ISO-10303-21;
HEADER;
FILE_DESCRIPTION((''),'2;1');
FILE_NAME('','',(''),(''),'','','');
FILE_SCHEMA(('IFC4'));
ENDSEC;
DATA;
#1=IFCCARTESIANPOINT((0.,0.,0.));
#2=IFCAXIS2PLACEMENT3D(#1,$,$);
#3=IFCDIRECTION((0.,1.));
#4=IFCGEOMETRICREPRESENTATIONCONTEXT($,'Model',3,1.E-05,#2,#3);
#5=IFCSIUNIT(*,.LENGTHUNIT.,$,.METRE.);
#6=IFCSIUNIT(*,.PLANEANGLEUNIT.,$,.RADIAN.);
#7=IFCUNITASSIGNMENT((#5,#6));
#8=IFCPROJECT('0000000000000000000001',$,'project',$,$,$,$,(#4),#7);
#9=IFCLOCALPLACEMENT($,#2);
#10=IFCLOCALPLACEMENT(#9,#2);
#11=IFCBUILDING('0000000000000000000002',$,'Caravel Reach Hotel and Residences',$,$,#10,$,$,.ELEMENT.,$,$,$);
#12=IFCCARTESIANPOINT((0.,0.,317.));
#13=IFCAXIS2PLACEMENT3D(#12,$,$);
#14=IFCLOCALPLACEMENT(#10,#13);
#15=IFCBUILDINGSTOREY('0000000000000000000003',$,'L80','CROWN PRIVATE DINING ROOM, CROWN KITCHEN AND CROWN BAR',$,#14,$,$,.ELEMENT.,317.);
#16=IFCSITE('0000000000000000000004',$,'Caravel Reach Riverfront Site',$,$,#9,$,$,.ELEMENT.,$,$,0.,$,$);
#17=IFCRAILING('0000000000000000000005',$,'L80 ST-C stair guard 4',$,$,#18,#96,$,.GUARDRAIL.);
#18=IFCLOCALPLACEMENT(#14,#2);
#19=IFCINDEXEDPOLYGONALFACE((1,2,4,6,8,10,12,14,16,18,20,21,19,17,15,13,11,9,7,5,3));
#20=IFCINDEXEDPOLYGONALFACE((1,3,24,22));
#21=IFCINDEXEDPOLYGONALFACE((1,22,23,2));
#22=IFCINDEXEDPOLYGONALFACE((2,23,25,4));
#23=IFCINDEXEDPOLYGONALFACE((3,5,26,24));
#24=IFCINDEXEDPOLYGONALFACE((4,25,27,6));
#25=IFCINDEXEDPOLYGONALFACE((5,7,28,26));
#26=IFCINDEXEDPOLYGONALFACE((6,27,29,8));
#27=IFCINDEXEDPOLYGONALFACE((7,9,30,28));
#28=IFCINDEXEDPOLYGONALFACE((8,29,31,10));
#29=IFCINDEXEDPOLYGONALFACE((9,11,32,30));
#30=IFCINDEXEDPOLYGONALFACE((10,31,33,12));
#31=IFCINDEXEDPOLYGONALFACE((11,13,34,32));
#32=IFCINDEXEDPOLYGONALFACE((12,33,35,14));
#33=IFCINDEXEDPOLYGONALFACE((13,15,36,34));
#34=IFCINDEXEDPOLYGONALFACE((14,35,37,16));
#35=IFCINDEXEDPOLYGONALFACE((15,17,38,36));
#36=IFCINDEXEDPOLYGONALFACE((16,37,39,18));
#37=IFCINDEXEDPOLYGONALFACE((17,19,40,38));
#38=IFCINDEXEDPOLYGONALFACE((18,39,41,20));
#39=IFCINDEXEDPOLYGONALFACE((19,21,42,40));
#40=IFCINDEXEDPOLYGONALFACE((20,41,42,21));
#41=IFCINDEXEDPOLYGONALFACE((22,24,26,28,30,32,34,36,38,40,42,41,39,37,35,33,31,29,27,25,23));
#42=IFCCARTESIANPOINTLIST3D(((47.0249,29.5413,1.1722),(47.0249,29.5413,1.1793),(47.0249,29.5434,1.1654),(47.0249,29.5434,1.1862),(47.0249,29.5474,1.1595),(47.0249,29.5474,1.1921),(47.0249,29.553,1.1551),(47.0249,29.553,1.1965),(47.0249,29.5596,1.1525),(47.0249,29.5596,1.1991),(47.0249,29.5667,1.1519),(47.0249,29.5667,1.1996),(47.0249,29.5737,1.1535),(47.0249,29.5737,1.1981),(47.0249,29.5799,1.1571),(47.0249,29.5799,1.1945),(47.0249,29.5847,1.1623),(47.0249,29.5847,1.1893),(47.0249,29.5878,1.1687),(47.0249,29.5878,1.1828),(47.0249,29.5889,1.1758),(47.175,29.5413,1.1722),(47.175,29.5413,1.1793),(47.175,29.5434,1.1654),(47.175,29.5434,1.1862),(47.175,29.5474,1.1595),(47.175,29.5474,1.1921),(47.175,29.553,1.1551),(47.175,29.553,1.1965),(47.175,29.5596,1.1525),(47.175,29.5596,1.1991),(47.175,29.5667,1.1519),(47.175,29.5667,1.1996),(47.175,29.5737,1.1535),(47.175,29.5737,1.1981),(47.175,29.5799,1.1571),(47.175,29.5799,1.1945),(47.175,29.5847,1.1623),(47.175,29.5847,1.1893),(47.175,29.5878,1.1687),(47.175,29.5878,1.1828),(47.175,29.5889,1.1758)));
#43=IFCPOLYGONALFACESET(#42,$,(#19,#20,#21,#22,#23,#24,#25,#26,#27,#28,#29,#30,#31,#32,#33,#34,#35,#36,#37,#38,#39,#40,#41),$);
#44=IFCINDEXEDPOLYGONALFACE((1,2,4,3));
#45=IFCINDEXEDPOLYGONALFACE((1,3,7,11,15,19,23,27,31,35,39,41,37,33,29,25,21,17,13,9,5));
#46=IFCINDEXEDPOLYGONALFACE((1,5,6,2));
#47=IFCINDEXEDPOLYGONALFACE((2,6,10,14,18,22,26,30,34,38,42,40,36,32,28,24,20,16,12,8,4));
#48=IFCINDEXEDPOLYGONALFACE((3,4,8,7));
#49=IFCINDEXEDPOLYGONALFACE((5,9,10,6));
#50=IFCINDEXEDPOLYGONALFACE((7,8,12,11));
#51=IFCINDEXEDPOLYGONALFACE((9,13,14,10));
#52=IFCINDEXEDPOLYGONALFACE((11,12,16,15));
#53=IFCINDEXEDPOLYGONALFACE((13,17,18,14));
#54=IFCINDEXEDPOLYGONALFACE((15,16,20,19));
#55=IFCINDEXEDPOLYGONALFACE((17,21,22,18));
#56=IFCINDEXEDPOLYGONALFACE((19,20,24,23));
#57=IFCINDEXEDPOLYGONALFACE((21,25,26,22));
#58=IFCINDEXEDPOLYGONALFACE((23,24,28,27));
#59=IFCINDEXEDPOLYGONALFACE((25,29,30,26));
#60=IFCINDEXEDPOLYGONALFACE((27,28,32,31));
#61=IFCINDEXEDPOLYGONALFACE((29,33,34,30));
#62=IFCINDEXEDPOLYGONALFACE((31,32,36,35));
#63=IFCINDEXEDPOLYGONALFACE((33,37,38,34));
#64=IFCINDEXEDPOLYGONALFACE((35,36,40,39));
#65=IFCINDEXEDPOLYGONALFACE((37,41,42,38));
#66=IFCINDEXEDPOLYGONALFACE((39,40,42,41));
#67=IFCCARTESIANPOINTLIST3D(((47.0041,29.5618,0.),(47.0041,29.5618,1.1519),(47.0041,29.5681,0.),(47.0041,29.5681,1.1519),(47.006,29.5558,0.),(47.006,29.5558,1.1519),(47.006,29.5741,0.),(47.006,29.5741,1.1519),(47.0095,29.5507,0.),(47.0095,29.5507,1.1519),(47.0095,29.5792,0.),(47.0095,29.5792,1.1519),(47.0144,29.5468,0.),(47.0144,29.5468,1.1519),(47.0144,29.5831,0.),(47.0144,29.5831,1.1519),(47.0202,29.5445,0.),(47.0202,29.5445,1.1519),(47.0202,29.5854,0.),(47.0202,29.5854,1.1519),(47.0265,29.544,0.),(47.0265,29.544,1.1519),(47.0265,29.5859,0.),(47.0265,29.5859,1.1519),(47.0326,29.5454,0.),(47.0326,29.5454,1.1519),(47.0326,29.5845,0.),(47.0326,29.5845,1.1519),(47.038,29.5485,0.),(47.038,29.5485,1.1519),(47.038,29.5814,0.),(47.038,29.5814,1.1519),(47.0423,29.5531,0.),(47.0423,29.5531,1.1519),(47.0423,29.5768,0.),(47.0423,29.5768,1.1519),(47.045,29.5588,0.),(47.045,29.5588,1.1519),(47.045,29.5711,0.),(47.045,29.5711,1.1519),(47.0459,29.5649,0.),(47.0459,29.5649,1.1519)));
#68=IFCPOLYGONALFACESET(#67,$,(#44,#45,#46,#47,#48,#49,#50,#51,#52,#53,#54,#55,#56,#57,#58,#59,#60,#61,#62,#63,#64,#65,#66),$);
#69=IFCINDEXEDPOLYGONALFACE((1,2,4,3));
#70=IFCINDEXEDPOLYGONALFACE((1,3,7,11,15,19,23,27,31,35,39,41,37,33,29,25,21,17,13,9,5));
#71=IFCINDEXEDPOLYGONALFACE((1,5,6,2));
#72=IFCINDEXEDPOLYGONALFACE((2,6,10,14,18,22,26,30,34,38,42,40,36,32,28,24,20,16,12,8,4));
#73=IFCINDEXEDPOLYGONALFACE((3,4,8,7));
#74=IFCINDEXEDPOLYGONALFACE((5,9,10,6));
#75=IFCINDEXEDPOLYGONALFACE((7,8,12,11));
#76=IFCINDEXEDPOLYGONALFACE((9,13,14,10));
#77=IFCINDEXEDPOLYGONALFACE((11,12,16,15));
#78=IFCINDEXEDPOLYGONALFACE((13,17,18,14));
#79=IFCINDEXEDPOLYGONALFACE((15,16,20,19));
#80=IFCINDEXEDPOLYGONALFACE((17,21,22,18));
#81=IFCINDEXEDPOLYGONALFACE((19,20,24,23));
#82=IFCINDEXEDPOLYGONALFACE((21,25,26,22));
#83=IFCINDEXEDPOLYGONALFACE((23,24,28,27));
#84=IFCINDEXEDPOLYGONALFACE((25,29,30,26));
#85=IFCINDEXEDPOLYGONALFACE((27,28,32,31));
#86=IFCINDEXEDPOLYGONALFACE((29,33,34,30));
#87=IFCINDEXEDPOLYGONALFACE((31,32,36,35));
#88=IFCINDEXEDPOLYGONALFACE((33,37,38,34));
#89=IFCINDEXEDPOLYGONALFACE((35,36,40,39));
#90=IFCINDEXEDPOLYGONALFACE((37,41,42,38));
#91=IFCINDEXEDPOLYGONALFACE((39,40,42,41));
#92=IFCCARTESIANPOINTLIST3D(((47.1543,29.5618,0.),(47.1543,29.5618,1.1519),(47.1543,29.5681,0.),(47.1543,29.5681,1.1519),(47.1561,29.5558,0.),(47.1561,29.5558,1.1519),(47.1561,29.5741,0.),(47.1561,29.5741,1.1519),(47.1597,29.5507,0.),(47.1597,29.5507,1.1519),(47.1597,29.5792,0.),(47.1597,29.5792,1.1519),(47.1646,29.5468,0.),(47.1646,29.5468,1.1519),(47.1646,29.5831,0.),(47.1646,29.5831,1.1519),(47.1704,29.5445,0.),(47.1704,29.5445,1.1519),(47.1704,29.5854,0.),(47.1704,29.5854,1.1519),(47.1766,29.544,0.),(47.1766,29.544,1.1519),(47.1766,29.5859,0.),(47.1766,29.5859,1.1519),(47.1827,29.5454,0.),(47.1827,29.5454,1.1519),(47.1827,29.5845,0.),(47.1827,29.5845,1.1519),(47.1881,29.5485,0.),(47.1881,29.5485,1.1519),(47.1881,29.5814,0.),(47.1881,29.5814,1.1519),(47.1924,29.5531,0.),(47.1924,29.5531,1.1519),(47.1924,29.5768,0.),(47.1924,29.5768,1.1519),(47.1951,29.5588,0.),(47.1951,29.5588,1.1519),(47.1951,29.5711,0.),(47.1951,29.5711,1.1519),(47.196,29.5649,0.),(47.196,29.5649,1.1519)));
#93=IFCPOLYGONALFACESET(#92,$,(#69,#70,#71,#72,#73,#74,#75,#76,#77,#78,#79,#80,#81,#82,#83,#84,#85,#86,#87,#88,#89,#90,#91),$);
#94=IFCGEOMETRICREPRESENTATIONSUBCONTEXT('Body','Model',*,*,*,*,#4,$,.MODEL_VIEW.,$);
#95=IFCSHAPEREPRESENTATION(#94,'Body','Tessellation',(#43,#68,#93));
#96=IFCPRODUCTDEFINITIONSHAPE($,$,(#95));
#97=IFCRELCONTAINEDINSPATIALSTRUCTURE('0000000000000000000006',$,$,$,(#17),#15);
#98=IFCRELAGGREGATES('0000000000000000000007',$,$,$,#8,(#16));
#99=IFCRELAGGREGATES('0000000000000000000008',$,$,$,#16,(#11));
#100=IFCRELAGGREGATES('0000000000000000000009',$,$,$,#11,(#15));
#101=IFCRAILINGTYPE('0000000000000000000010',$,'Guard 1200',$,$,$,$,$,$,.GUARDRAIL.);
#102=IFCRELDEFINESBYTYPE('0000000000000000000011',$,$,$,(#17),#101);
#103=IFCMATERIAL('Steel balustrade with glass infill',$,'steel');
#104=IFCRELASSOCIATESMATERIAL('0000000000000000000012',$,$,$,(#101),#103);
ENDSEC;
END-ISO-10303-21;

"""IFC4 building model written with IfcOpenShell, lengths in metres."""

from ifc_helpers import new_model, si_unit, direction, frame, origin, origin_2d, place, context, subcontext, project, spatial, circle, extrude, material, type_object, element, save


model = new_model("IFC4")

# Units and contexts
model_context = context("Model", 3, precision=1e-05, world=origin(), true_north=direction((0.0, 1.0)))
body_context = subcontext(model_context, "Body", "Model", "MODEL_VIEW")
ifc_project = project(units=[si_unit("LENGTHUNIT", "METRE"), si_unit("PLANEANGLEUNIT", "RADIAN")], contexts=[model_context])

# Site, building, storey
site_placement = place(None, origin())
site = spatial("IfcSite", under=ifc_project, at=site_placement, Name="Caravel Reach Riverfront Site", CompositionType="ELEMENT", RefElevation=0.0)
building_placement = place(site_placement, origin())
building = spatial("IfcBuilding", under=site, at=building_placement, Name="Caravel Reach Hotel and Residences", CompositionType="ELEMENT")
storey_placement = place(building_placement, frame((0.0, 0.0, 317.0)))
storey = spatial("IfcBuildingStorey", under=building, at=storey_placement, Name="L80", Description="CROWN PRIVATE DINING ROOM, CROWN KITCHEN AND CROWN BAR", CompositionType="ELEMENT", Elevation=317.0)

# Railing
ifc_material_1 = material(Name="Steel balustrade with glass infill", Category="steel")
railing_type_1 = type_object("IfcRailingType", Name="Guard 1200", PredefinedType="GUARDRAIL", material=ifc_material_1)
railing_1_placement = place(storey_placement, frame((47.0249, 29.5649, 0.0)))
element("IfcRailing", 1, at=railing_1_placement, inside=storey, type_object=railing_type_1, Name="L80 ST-C stair guard 4", PredefinedType="GUARDRAIL", context=body_context, shape_type="SweptSolid", body=[
    extrude(circle(Radius=0.0239, at=origin_2d()), frame((0.0, 0.0, 1.1758), z_axis=(1.0, 0.0, 0.0), x_axis=(0.0, 1.0, 0.0)), (0.0, 0.0, 1.0), 0.1501),
    extrude(circle(Radius=0.021, at=origin_2d()), origin(), (0.0, 0.0, 1.0), 1.1519),
    extrude(circle(Radius=0.021, at=origin_2d()), frame((0.1501, 0.0, 0.0)), (0.0, 0.0, 1.0), 1.1519),
])

save(model, "model.ifc")
